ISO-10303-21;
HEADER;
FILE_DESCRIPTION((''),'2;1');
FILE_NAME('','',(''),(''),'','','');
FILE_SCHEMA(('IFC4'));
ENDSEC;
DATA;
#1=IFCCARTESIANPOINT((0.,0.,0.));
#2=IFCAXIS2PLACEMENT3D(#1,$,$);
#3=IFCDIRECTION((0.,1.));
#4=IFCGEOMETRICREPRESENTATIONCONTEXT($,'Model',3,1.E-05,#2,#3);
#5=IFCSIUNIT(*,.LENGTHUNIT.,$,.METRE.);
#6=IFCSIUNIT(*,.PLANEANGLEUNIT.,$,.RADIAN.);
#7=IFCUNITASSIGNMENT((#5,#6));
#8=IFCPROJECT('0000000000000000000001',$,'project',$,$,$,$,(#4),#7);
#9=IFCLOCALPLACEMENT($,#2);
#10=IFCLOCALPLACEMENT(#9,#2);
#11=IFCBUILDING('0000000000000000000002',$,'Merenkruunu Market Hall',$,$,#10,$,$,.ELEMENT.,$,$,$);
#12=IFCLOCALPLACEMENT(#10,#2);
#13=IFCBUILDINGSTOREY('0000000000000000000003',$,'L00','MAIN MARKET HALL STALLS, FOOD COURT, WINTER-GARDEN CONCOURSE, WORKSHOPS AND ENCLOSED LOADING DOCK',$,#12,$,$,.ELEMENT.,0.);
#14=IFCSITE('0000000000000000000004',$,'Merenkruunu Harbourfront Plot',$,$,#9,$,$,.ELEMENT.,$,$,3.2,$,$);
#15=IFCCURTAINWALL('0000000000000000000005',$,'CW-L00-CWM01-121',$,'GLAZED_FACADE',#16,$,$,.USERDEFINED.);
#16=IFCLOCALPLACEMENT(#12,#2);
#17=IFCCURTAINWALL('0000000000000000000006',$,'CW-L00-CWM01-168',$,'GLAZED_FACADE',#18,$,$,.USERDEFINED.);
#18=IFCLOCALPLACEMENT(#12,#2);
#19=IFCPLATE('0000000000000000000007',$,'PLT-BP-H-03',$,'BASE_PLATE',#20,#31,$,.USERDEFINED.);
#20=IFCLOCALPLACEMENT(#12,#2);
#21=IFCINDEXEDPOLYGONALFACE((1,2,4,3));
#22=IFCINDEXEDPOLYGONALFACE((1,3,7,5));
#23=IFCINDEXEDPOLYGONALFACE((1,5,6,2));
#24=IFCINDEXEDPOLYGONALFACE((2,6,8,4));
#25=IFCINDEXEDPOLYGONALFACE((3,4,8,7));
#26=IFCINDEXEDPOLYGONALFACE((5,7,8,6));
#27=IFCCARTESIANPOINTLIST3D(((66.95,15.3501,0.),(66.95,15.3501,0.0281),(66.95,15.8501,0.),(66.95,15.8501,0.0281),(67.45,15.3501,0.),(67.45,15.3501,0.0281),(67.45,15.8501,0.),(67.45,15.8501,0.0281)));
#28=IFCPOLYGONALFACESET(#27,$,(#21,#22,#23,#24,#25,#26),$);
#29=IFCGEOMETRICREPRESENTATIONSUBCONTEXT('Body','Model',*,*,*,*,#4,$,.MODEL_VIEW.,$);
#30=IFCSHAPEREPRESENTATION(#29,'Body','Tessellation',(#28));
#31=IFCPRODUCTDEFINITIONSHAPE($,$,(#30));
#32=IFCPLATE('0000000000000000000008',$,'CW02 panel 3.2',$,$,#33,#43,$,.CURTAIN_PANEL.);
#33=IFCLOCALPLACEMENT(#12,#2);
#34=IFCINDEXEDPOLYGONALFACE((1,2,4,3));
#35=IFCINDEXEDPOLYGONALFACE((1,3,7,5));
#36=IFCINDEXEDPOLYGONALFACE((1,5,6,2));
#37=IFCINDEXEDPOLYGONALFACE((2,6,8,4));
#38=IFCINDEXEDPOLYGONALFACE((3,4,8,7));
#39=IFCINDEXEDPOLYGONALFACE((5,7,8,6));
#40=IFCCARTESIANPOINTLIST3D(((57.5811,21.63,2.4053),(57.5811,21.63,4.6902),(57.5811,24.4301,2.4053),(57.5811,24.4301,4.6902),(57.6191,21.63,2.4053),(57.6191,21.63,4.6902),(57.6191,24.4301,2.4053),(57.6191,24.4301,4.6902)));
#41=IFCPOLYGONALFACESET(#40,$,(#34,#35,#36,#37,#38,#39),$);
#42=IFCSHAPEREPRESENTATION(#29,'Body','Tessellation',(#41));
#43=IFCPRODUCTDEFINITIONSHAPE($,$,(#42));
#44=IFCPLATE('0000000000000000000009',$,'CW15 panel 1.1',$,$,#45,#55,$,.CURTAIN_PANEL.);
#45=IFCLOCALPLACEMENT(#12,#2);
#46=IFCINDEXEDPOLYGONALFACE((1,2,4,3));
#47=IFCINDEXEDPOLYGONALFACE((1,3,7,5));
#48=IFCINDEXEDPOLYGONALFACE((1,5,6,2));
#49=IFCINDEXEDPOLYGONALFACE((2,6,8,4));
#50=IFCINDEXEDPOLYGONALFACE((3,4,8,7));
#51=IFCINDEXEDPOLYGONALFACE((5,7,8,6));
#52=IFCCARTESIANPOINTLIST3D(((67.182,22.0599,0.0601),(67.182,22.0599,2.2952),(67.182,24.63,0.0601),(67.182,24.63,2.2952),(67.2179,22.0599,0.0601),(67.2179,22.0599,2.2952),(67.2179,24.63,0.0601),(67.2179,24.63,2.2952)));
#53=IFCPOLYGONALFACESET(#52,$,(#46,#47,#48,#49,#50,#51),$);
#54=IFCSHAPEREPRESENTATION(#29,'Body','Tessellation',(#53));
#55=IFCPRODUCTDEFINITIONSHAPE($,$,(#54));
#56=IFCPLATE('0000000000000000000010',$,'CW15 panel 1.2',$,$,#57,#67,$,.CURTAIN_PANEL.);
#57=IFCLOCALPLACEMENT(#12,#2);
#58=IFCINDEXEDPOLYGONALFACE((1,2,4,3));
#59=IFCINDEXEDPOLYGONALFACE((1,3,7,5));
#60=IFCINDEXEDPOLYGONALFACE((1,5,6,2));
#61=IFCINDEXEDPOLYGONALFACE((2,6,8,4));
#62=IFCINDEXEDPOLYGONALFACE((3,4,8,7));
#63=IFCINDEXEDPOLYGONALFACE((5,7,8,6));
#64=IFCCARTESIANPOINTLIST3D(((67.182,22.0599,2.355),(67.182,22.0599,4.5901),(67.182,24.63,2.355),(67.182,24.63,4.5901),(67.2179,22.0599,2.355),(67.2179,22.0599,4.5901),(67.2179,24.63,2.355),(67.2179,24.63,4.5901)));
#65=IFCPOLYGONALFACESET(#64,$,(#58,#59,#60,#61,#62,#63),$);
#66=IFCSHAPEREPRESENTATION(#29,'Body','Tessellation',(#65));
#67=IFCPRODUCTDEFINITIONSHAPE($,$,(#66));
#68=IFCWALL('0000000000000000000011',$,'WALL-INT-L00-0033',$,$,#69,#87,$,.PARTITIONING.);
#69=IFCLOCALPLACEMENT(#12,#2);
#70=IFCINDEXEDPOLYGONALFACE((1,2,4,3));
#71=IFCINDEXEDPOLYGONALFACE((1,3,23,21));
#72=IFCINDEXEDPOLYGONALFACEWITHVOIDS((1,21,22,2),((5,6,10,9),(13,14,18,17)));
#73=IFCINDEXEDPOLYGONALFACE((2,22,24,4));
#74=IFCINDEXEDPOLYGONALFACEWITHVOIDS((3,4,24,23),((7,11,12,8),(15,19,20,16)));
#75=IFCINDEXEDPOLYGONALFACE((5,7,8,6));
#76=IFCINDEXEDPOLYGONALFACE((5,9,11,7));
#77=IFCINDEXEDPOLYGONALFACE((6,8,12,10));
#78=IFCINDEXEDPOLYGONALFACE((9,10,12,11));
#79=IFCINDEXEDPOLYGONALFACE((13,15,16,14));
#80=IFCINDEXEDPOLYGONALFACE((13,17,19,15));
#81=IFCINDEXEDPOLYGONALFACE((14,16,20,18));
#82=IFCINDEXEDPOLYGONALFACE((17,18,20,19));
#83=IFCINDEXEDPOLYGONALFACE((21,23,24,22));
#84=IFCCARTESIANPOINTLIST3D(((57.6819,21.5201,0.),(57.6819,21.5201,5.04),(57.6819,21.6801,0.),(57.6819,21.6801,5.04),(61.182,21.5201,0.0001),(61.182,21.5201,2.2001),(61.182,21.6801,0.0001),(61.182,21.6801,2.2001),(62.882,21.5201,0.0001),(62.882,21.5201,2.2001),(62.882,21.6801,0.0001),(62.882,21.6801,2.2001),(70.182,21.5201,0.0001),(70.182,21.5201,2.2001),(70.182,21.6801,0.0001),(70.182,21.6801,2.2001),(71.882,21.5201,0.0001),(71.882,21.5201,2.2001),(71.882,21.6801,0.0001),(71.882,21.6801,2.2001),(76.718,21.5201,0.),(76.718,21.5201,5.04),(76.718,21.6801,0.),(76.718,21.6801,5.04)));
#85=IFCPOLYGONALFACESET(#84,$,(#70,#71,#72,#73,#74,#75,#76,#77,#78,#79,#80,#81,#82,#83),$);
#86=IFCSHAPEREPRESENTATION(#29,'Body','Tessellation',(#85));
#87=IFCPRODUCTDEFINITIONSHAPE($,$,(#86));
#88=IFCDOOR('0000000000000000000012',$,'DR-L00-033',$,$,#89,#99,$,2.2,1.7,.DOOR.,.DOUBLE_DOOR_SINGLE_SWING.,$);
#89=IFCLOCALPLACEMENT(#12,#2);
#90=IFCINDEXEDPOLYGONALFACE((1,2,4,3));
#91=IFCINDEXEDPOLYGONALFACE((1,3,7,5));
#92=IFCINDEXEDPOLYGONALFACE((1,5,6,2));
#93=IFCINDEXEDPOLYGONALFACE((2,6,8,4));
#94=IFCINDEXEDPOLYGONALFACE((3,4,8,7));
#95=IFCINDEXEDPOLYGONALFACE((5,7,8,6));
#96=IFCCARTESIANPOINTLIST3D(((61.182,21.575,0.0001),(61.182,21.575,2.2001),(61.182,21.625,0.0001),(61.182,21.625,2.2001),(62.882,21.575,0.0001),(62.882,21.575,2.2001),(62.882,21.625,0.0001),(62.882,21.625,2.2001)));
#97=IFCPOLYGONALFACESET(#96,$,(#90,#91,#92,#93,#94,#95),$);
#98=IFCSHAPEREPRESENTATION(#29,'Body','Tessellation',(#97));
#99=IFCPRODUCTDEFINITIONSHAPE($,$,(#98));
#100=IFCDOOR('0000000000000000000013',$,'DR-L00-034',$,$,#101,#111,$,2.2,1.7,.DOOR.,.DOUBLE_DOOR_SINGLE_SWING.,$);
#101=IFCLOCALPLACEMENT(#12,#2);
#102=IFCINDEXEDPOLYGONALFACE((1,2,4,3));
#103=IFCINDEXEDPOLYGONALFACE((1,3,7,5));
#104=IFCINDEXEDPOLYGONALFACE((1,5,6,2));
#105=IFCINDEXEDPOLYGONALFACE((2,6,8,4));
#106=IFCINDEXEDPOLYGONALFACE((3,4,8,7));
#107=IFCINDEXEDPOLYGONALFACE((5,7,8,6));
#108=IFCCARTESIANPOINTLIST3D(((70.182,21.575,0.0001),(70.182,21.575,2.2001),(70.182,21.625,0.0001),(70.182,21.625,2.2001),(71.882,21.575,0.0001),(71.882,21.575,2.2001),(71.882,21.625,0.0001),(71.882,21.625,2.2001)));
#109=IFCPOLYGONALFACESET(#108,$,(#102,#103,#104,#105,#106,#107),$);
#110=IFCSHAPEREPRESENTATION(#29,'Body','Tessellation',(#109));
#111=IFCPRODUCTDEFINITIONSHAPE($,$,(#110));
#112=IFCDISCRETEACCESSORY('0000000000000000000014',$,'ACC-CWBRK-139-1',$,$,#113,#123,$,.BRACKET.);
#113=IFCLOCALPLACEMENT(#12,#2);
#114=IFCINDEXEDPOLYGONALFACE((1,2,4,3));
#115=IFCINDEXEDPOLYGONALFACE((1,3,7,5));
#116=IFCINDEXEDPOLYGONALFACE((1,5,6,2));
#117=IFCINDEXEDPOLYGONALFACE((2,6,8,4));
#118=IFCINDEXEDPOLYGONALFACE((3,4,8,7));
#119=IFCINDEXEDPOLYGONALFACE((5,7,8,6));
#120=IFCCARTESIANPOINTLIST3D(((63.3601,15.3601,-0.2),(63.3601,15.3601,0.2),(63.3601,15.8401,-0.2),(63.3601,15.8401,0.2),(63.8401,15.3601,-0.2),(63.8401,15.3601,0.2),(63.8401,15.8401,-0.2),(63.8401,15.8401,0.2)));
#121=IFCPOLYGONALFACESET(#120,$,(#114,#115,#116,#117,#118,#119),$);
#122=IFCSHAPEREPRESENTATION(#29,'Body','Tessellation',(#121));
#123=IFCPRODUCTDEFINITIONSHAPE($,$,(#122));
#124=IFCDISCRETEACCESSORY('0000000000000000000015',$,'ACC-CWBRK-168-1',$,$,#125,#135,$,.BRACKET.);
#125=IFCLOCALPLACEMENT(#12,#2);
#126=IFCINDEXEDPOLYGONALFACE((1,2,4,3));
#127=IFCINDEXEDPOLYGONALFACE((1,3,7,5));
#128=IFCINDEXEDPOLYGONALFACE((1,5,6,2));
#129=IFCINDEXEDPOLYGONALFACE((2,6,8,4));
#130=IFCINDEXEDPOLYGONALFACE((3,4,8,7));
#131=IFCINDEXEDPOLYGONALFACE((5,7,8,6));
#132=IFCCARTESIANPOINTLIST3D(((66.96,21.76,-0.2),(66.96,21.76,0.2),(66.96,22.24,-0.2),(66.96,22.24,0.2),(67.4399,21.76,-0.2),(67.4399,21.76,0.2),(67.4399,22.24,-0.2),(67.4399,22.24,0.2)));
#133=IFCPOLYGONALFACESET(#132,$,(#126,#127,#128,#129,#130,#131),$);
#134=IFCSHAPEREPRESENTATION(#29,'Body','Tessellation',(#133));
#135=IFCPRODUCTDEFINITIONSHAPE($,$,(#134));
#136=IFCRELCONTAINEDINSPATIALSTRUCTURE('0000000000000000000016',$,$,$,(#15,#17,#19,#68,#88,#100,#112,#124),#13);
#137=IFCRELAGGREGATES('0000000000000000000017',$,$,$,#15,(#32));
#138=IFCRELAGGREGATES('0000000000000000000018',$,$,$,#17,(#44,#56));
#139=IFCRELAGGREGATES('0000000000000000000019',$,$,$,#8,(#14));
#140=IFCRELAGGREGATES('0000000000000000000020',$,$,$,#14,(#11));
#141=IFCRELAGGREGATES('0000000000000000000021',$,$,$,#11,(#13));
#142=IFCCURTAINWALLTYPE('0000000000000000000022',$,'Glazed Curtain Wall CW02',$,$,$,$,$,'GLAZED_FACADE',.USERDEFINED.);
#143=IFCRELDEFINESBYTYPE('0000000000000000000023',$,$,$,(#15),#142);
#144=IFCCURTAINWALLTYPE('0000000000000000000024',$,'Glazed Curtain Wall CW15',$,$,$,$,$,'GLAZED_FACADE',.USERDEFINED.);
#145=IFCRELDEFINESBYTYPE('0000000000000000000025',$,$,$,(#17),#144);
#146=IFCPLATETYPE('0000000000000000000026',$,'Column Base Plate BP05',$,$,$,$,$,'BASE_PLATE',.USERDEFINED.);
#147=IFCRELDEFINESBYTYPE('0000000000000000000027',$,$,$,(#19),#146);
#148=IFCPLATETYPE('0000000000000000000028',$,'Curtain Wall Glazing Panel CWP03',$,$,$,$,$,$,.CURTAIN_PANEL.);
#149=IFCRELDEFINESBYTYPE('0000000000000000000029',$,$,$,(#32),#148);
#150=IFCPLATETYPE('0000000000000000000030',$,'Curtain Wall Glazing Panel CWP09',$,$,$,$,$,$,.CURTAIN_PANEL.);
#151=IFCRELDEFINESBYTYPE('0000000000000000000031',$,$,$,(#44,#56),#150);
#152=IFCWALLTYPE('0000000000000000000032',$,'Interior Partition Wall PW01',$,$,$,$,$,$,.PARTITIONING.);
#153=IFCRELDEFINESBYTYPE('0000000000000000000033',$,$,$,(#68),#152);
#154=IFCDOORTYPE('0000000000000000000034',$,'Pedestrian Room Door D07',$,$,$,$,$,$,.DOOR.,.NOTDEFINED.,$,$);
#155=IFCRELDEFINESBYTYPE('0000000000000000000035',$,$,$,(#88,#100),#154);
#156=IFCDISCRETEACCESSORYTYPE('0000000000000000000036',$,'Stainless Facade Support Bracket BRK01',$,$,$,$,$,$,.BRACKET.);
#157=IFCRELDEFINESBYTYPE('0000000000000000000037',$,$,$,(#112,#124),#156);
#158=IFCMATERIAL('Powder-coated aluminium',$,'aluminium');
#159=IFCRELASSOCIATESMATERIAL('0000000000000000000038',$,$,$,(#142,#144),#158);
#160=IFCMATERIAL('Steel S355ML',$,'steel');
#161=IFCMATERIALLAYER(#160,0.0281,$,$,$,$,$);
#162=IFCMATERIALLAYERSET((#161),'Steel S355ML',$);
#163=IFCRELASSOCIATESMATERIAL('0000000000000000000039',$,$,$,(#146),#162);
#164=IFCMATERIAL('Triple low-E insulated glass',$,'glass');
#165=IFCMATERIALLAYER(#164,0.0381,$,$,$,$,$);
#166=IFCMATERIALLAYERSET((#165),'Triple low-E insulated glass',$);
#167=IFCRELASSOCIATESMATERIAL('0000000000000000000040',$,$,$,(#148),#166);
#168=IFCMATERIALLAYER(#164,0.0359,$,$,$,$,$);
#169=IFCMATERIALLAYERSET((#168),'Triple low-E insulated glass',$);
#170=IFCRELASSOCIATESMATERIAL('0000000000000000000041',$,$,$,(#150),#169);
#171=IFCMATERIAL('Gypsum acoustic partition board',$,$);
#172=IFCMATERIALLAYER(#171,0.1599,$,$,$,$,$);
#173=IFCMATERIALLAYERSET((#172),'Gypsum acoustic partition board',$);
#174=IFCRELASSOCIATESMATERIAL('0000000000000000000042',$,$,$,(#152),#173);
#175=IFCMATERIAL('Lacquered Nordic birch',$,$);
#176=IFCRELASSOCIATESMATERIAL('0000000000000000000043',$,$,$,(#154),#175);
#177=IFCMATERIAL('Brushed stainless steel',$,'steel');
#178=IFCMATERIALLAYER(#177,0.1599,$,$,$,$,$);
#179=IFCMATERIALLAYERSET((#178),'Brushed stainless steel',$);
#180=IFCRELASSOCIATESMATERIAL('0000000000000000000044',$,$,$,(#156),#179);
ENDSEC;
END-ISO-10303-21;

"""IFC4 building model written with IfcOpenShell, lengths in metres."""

from ifc_helpers import new_model, si_unit, direction, frame, frame_2d, origin, origin_2d, place, context, subcontext, project, spatial, rectangle, extrude, material, layer, layer_set, type_object, element, fill, aggregate, save


model = new_model("IFC4")

# Units and contexts
model_context = context("Model", 3, precision=1e-05, world=origin(), true_north=direction((0.0, 1.0)))
body_context = subcontext(model_context, "Body", "Model", "MODEL_VIEW")
ifc_project = project(units=[si_unit("LENGTHUNIT", "METRE"), si_unit("PLANEANGLEUNIT", "RADIAN")], contexts=[model_context])

# Site, building, storey
site_placement = place(None, origin())
site = spatial("IfcSite", under=ifc_project, at=site_placement, Name="Merenkruunu Harbourfront Plot", CompositionType="ELEMENT", RefElevation=3.2)
building_placement = place(site_placement, origin())
building = spatial("IfcBuilding", under=site, at=building_placement, Name="Merenkruunu Market Hall", CompositionType="ELEMENT")
storey_placement = place(building_placement, origin())
storey = spatial("IfcBuildingStorey", under=building, at=storey_placement, Name="L00", Description="MAIN MARKET HALL STALLS, FOOD COURT, WINTER-GARDEN CONCOURSE, WORKSHOPS AND ENCLOSED LOADING DOCK", CompositionType="ELEMENT", Elevation=0.0)

# Shared definitions
ifc_material_1 = material(Name="Steel S355ML", Category="steel")

# Curtain walls
ifc_material_2 = material(Name="Powder-coated aluminium", Category="aluminium")
curtain_wall_type_1 = type_object("IfcCurtainWallType", Name="Glazed Curtain Wall CW02", ElementType="GLAZED_FACADE", PredefinedType="USERDEFINED", material=ifc_material_2)
curtain_wall_1_placement = place(storey_placement, origin())
curtain_wall_1 = element("IfcCurtainWall", 1, at=curtain_wall_1_placement, inside=storey, type_object=curtain_wall_type_1, Name="CW-L00-CWM01-121", ObjectType="GLAZED_FACADE", PredefinedType="USERDEFINED")
curtain_wall_type_2 = type_object("IfcCurtainWallType", Name="Glazed Curtain Wall CW15", ElementType="GLAZED_FACADE", PredefinedType="USERDEFINED", material=ifc_material_2)
curtain_wall_2_placement = place(storey_placement, origin())
curtain_wall_2 = element("IfcCurtainWall", 2, at=curtain_wall_2_placement, inside=storey, type_object=curtain_wall_type_2, Name="CW-L00-CWM01-168", ObjectType="GLAZED_FACADE", PredefinedType="USERDEFINED")

# Plates
ifc_layer_1 = layer(ifc_material_1, 0.0281)
ifc_layer_set_1 = layer_set([ifc_layer_1], Name="Steel S355ML")
plate_type_1 = type_object("IfcPlateType", Name="Column Base Plate BP05", ElementType="BASE_PLATE", PredefinedType="USERDEFINED", material=ifc_layer_set_1)
plate_1_placement = place(storey_placement, frame((67.2, 15.6001, 0.0), z_axis=(0.0, 0.0, 1.0), x_axis=(1.0, 0.0, 0.0)))
element("IfcPlate", 3, at=plate_1_placement, inside=storey, type_object=plate_type_1, Name="PLT-BP-H-03", ObjectType="BASE_PLATE", PredefinedType="USERDEFINED", context=body_context, shape_type="SweptSolid", body=[
    extrude(rectangle(XDim=0.5, YDim=0.5, at=origin_2d()), origin(), (0.0, 0.0, 1.0), 0.0281),
])
ifc_material_3 = material(Name="Triple low-E insulated glass", Category="glass")
ifc_layer_2 = layer(ifc_material_3, 0.0381)
ifc_layer_set_2 = layer_set([ifc_layer_2], Name="Triple low-E insulated glass")
plate_type_2 = type_object("IfcPlateType", Name="Curtain Wall Glazing Panel CWP03", PredefinedType="CURTAIN_PANEL", material=ifc_layer_set_2)
plate_2_placement = place(storey_placement, frame((57.6001, 23.03, 2.4053), z_axis=(0.0, 0.0, 1.0), x_axis=(0.0, 1.0, 0.0)))
plate_2 = element("IfcPlate", 4, at=plate_2_placement, type_object=plate_type_2, Name="CW02 panel 3.2", PredefinedType="CURTAIN_PANEL", context=body_context, shape_type="SweptSolid", body=[
    extrude(rectangle(XDim=2.8, YDim=0.0381, at=origin_2d()), origin(), (0.0, 0.0, 1.0), 2.2849),
])
aggregate(curtain_wall_1, [plate_2])
ifc_layer_3 = layer(ifc_material_3, 0.0359)
ifc_layer_set_3 = layer_set([ifc_layer_3], Name="Triple low-E insulated glass")
plate_type_3 = type_object("IfcPlateType", Name="Curtain Wall Glazing Panel CWP09", PredefinedType="CURTAIN_PANEL", material=ifc_layer_set_3)
plate_3_placement = place(storey_placement, frame((67.2, 23.345, 0.0601), z_axis=(0.0, 0.0, 1.0), x_axis=(0.0, 1.0, 0.0)))
plate_3 = element("IfcPlate", 5, at=plate_3_placement, type_object=plate_type_3, Name="CW15 panel 1.1", PredefinedType="CURTAIN_PANEL", context=body_context, shape_type="SweptSolid", body=[
    extrude(rectangle(XDim=2.5701, YDim=0.0359, at=origin_2d()), origin(), (0.0, 0.0, 1.0), 2.2351),
])
plate_4_placement = place(storey_placement, frame((67.2, 23.345, 2.355), z_axis=(0.0, 0.0, 1.0), x_axis=(0.0, 1.0, 0.0)))
plate_4 = element("IfcPlate", 6, at=plate_4_placement, type_object=plate_type_3, Name="CW15 panel 1.2", PredefinedType="CURTAIN_PANEL", context=body_context, shape_type="SweptSolid", body=[
    extrude(rectangle(XDim=2.5701, YDim=0.0359, at=origin_2d()), origin(), (0.0, 0.0, 1.0), 2.2351),
])
aggregate(curtain_wall_2, [plate_3, plate_4])

# Wall, openings, doors
ifc_material_4 = material(Name="Gypsum acoustic partition board")
ifc_layer_4 = layer(ifc_material_4, 0.1599)
ifc_layer_set_4 = layer_set([ifc_layer_4], Name="Gypsum acoustic partition board")
wall_type_1 = type_object("IfcWallType", Name="Interior Partition Wall PW01", PredefinedType="PARTITIONING", material=ifc_layer_set_4)
wall_1_placement = place(storey_placement, frame((57.6819, 21.6001, 0.0), z_axis=(0.0, 0.0, 1.0), x_axis=(1.0, 0.0, 0.0)))
wall_1 = element("IfcWall", 7, at=wall_1_placement, inside=storey, type_object=wall_type_1, Name="WALL-INT-L00-0033", PredefinedType="PARTITIONING", context=body_context, shape_type="SweptSolid", body=[
    extrude(rectangle(XDim=19.0361, YDim=0.1599, at=frame_2d((9.5181, 0.0))), origin(), (0.0, 0.0, 1.0), 5.04),
])
opening_1_placement = place(wall_1_placement, frame((3.5, 0.0, 0.0)))
opening_1 = element("IfcOpeningElement", 8, at=opening_1_placement, cuts=wall_1, PredefinedType="OPENING", context=body_context, shape_type="SweptSolid", body=[
    extrude(rectangle(XDim=1.7, YDim=2.2, at=frame_2d((0.8501, 1.1001))), frame((0.0, 0.0898, 0.0), z_axis=(0.0, -1.0, 0.0), x_axis=(1.0, 0.0, 0.0)), (0.0, 0.0, 1.0), 0.1799),
])
opening_2_placement = place(wall_1_placement, frame((12.5, 0.0, 0.0)))
opening_2 = element("IfcOpeningElement", 9, at=opening_2_placement, cuts=wall_1, PredefinedType="OPENING", context=body_context, shape_type="SweptSolid", body=[
    extrude(rectangle(XDim=1.7, YDim=2.2, at=frame_2d((0.8501, 1.1001))), frame((0.0, 0.0898, 0.0), z_axis=(0.0, -1.0, 0.0), x_axis=(1.0, 0.0, 0.0)), (0.0, 0.0, 1.0), 0.1799),
])
ifc_material_5 = material(Name="Lacquered Nordic birch")
door_type_1 = type_object("IfcDoorType", Name="Pedestrian Room Door D07", OperationType="NOTDEFINED", PredefinedType="DOOR", material=ifc_material_5)
door_1_placement = place(opening_1_placement, origin())
door_1 = element("IfcDoor", 10, at=door_1_placement, inside=storey, type_object=door_type_1, Name="DR-L00-033", OperationType="DOUBLE_DOOR_SINGLE_SWING", OverallHeight=2.2, OverallWidth=1.7, PredefinedType="DOOR", context=body_context, shape_type="SweptSolid", body=[
    extrude(rectangle(XDim=1.7, YDim=2.2, at=frame_2d((0.8501, 1.1001))), frame((0.0, 0.0249, 0.0), z_axis=(0.0, -1.0, 0.0), x_axis=(1.0, 0.0, 0.0)), (0.0, 0.0, 1.0), 0.05),
])
fill(opening_1, door_1)
door_2_placement = place(opening_2_placement, origin())
door_2 = element("IfcDoor", 11, at=door_2_placement, inside=storey, type_object=door_type_1, Name="DR-L00-034", OperationType="DOUBLE_DOOR_SINGLE_SWING", OverallHeight=2.2, OverallWidth=1.7, PredefinedType="DOOR", context=body_context, shape_type="SweptSolid", body=[
    extrude(rectangle(XDim=1.7, YDim=2.2, at=frame_2d((0.8501, 1.1001))), frame((0.0, 0.0249, 0.0), z_axis=(0.0, -1.0, 0.0), x_axis=(1.0, 0.0, 0.0)), (0.0, 0.0, 1.0), 0.05),
])
fill(opening_2, door_2)

# Discrete accessories
ifc_material_6 = material(Name="Brushed stainless steel", Category="steel")
ifc_layer_5 = layer(ifc_material_6, 0.1599)
ifc_layer_set_5 = layer_set([ifc_layer_5], Name="Brushed stainless steel")
discrete_accessory_type = type_object("IfcDiscreteAccessoryType", Name="Stainless Facade Support Bracket BRK01", PredefinedType="BRACKET", material=ifc_layer_set_5)
for number, where, z_axis, x_axis, name in (
    (12, (63.6001, 15.6001, -0.2), (0.0, 0.0, 1.0), (1.0, 0.0, 0.0), "ACC-CWBRK-139-1"),
    (13, (67.2, 22.0, -0.2), (0.0, 0.0, 1.0), (1.0, 0.0, 0.0), "ACC-CWBRK-168-1"),
):
    element("IfcDiscreteAccessory", number, at=place(storey_placement, frame(where, z_axis=z_axis, x_axis=x_axis)), inside=storey, type_object=discrete_accessory_type, Name=name, PredefinedType="BRACKET", context=body_context, shape_type="SweptSolid", body=[
        extrude(rectangle(XDim=0.48, YDim=0.48, at=origin_2d()), origin(), (0.0, 0.0, 1.0), 0.3999),
    ])

save(model, "model.ifc")
